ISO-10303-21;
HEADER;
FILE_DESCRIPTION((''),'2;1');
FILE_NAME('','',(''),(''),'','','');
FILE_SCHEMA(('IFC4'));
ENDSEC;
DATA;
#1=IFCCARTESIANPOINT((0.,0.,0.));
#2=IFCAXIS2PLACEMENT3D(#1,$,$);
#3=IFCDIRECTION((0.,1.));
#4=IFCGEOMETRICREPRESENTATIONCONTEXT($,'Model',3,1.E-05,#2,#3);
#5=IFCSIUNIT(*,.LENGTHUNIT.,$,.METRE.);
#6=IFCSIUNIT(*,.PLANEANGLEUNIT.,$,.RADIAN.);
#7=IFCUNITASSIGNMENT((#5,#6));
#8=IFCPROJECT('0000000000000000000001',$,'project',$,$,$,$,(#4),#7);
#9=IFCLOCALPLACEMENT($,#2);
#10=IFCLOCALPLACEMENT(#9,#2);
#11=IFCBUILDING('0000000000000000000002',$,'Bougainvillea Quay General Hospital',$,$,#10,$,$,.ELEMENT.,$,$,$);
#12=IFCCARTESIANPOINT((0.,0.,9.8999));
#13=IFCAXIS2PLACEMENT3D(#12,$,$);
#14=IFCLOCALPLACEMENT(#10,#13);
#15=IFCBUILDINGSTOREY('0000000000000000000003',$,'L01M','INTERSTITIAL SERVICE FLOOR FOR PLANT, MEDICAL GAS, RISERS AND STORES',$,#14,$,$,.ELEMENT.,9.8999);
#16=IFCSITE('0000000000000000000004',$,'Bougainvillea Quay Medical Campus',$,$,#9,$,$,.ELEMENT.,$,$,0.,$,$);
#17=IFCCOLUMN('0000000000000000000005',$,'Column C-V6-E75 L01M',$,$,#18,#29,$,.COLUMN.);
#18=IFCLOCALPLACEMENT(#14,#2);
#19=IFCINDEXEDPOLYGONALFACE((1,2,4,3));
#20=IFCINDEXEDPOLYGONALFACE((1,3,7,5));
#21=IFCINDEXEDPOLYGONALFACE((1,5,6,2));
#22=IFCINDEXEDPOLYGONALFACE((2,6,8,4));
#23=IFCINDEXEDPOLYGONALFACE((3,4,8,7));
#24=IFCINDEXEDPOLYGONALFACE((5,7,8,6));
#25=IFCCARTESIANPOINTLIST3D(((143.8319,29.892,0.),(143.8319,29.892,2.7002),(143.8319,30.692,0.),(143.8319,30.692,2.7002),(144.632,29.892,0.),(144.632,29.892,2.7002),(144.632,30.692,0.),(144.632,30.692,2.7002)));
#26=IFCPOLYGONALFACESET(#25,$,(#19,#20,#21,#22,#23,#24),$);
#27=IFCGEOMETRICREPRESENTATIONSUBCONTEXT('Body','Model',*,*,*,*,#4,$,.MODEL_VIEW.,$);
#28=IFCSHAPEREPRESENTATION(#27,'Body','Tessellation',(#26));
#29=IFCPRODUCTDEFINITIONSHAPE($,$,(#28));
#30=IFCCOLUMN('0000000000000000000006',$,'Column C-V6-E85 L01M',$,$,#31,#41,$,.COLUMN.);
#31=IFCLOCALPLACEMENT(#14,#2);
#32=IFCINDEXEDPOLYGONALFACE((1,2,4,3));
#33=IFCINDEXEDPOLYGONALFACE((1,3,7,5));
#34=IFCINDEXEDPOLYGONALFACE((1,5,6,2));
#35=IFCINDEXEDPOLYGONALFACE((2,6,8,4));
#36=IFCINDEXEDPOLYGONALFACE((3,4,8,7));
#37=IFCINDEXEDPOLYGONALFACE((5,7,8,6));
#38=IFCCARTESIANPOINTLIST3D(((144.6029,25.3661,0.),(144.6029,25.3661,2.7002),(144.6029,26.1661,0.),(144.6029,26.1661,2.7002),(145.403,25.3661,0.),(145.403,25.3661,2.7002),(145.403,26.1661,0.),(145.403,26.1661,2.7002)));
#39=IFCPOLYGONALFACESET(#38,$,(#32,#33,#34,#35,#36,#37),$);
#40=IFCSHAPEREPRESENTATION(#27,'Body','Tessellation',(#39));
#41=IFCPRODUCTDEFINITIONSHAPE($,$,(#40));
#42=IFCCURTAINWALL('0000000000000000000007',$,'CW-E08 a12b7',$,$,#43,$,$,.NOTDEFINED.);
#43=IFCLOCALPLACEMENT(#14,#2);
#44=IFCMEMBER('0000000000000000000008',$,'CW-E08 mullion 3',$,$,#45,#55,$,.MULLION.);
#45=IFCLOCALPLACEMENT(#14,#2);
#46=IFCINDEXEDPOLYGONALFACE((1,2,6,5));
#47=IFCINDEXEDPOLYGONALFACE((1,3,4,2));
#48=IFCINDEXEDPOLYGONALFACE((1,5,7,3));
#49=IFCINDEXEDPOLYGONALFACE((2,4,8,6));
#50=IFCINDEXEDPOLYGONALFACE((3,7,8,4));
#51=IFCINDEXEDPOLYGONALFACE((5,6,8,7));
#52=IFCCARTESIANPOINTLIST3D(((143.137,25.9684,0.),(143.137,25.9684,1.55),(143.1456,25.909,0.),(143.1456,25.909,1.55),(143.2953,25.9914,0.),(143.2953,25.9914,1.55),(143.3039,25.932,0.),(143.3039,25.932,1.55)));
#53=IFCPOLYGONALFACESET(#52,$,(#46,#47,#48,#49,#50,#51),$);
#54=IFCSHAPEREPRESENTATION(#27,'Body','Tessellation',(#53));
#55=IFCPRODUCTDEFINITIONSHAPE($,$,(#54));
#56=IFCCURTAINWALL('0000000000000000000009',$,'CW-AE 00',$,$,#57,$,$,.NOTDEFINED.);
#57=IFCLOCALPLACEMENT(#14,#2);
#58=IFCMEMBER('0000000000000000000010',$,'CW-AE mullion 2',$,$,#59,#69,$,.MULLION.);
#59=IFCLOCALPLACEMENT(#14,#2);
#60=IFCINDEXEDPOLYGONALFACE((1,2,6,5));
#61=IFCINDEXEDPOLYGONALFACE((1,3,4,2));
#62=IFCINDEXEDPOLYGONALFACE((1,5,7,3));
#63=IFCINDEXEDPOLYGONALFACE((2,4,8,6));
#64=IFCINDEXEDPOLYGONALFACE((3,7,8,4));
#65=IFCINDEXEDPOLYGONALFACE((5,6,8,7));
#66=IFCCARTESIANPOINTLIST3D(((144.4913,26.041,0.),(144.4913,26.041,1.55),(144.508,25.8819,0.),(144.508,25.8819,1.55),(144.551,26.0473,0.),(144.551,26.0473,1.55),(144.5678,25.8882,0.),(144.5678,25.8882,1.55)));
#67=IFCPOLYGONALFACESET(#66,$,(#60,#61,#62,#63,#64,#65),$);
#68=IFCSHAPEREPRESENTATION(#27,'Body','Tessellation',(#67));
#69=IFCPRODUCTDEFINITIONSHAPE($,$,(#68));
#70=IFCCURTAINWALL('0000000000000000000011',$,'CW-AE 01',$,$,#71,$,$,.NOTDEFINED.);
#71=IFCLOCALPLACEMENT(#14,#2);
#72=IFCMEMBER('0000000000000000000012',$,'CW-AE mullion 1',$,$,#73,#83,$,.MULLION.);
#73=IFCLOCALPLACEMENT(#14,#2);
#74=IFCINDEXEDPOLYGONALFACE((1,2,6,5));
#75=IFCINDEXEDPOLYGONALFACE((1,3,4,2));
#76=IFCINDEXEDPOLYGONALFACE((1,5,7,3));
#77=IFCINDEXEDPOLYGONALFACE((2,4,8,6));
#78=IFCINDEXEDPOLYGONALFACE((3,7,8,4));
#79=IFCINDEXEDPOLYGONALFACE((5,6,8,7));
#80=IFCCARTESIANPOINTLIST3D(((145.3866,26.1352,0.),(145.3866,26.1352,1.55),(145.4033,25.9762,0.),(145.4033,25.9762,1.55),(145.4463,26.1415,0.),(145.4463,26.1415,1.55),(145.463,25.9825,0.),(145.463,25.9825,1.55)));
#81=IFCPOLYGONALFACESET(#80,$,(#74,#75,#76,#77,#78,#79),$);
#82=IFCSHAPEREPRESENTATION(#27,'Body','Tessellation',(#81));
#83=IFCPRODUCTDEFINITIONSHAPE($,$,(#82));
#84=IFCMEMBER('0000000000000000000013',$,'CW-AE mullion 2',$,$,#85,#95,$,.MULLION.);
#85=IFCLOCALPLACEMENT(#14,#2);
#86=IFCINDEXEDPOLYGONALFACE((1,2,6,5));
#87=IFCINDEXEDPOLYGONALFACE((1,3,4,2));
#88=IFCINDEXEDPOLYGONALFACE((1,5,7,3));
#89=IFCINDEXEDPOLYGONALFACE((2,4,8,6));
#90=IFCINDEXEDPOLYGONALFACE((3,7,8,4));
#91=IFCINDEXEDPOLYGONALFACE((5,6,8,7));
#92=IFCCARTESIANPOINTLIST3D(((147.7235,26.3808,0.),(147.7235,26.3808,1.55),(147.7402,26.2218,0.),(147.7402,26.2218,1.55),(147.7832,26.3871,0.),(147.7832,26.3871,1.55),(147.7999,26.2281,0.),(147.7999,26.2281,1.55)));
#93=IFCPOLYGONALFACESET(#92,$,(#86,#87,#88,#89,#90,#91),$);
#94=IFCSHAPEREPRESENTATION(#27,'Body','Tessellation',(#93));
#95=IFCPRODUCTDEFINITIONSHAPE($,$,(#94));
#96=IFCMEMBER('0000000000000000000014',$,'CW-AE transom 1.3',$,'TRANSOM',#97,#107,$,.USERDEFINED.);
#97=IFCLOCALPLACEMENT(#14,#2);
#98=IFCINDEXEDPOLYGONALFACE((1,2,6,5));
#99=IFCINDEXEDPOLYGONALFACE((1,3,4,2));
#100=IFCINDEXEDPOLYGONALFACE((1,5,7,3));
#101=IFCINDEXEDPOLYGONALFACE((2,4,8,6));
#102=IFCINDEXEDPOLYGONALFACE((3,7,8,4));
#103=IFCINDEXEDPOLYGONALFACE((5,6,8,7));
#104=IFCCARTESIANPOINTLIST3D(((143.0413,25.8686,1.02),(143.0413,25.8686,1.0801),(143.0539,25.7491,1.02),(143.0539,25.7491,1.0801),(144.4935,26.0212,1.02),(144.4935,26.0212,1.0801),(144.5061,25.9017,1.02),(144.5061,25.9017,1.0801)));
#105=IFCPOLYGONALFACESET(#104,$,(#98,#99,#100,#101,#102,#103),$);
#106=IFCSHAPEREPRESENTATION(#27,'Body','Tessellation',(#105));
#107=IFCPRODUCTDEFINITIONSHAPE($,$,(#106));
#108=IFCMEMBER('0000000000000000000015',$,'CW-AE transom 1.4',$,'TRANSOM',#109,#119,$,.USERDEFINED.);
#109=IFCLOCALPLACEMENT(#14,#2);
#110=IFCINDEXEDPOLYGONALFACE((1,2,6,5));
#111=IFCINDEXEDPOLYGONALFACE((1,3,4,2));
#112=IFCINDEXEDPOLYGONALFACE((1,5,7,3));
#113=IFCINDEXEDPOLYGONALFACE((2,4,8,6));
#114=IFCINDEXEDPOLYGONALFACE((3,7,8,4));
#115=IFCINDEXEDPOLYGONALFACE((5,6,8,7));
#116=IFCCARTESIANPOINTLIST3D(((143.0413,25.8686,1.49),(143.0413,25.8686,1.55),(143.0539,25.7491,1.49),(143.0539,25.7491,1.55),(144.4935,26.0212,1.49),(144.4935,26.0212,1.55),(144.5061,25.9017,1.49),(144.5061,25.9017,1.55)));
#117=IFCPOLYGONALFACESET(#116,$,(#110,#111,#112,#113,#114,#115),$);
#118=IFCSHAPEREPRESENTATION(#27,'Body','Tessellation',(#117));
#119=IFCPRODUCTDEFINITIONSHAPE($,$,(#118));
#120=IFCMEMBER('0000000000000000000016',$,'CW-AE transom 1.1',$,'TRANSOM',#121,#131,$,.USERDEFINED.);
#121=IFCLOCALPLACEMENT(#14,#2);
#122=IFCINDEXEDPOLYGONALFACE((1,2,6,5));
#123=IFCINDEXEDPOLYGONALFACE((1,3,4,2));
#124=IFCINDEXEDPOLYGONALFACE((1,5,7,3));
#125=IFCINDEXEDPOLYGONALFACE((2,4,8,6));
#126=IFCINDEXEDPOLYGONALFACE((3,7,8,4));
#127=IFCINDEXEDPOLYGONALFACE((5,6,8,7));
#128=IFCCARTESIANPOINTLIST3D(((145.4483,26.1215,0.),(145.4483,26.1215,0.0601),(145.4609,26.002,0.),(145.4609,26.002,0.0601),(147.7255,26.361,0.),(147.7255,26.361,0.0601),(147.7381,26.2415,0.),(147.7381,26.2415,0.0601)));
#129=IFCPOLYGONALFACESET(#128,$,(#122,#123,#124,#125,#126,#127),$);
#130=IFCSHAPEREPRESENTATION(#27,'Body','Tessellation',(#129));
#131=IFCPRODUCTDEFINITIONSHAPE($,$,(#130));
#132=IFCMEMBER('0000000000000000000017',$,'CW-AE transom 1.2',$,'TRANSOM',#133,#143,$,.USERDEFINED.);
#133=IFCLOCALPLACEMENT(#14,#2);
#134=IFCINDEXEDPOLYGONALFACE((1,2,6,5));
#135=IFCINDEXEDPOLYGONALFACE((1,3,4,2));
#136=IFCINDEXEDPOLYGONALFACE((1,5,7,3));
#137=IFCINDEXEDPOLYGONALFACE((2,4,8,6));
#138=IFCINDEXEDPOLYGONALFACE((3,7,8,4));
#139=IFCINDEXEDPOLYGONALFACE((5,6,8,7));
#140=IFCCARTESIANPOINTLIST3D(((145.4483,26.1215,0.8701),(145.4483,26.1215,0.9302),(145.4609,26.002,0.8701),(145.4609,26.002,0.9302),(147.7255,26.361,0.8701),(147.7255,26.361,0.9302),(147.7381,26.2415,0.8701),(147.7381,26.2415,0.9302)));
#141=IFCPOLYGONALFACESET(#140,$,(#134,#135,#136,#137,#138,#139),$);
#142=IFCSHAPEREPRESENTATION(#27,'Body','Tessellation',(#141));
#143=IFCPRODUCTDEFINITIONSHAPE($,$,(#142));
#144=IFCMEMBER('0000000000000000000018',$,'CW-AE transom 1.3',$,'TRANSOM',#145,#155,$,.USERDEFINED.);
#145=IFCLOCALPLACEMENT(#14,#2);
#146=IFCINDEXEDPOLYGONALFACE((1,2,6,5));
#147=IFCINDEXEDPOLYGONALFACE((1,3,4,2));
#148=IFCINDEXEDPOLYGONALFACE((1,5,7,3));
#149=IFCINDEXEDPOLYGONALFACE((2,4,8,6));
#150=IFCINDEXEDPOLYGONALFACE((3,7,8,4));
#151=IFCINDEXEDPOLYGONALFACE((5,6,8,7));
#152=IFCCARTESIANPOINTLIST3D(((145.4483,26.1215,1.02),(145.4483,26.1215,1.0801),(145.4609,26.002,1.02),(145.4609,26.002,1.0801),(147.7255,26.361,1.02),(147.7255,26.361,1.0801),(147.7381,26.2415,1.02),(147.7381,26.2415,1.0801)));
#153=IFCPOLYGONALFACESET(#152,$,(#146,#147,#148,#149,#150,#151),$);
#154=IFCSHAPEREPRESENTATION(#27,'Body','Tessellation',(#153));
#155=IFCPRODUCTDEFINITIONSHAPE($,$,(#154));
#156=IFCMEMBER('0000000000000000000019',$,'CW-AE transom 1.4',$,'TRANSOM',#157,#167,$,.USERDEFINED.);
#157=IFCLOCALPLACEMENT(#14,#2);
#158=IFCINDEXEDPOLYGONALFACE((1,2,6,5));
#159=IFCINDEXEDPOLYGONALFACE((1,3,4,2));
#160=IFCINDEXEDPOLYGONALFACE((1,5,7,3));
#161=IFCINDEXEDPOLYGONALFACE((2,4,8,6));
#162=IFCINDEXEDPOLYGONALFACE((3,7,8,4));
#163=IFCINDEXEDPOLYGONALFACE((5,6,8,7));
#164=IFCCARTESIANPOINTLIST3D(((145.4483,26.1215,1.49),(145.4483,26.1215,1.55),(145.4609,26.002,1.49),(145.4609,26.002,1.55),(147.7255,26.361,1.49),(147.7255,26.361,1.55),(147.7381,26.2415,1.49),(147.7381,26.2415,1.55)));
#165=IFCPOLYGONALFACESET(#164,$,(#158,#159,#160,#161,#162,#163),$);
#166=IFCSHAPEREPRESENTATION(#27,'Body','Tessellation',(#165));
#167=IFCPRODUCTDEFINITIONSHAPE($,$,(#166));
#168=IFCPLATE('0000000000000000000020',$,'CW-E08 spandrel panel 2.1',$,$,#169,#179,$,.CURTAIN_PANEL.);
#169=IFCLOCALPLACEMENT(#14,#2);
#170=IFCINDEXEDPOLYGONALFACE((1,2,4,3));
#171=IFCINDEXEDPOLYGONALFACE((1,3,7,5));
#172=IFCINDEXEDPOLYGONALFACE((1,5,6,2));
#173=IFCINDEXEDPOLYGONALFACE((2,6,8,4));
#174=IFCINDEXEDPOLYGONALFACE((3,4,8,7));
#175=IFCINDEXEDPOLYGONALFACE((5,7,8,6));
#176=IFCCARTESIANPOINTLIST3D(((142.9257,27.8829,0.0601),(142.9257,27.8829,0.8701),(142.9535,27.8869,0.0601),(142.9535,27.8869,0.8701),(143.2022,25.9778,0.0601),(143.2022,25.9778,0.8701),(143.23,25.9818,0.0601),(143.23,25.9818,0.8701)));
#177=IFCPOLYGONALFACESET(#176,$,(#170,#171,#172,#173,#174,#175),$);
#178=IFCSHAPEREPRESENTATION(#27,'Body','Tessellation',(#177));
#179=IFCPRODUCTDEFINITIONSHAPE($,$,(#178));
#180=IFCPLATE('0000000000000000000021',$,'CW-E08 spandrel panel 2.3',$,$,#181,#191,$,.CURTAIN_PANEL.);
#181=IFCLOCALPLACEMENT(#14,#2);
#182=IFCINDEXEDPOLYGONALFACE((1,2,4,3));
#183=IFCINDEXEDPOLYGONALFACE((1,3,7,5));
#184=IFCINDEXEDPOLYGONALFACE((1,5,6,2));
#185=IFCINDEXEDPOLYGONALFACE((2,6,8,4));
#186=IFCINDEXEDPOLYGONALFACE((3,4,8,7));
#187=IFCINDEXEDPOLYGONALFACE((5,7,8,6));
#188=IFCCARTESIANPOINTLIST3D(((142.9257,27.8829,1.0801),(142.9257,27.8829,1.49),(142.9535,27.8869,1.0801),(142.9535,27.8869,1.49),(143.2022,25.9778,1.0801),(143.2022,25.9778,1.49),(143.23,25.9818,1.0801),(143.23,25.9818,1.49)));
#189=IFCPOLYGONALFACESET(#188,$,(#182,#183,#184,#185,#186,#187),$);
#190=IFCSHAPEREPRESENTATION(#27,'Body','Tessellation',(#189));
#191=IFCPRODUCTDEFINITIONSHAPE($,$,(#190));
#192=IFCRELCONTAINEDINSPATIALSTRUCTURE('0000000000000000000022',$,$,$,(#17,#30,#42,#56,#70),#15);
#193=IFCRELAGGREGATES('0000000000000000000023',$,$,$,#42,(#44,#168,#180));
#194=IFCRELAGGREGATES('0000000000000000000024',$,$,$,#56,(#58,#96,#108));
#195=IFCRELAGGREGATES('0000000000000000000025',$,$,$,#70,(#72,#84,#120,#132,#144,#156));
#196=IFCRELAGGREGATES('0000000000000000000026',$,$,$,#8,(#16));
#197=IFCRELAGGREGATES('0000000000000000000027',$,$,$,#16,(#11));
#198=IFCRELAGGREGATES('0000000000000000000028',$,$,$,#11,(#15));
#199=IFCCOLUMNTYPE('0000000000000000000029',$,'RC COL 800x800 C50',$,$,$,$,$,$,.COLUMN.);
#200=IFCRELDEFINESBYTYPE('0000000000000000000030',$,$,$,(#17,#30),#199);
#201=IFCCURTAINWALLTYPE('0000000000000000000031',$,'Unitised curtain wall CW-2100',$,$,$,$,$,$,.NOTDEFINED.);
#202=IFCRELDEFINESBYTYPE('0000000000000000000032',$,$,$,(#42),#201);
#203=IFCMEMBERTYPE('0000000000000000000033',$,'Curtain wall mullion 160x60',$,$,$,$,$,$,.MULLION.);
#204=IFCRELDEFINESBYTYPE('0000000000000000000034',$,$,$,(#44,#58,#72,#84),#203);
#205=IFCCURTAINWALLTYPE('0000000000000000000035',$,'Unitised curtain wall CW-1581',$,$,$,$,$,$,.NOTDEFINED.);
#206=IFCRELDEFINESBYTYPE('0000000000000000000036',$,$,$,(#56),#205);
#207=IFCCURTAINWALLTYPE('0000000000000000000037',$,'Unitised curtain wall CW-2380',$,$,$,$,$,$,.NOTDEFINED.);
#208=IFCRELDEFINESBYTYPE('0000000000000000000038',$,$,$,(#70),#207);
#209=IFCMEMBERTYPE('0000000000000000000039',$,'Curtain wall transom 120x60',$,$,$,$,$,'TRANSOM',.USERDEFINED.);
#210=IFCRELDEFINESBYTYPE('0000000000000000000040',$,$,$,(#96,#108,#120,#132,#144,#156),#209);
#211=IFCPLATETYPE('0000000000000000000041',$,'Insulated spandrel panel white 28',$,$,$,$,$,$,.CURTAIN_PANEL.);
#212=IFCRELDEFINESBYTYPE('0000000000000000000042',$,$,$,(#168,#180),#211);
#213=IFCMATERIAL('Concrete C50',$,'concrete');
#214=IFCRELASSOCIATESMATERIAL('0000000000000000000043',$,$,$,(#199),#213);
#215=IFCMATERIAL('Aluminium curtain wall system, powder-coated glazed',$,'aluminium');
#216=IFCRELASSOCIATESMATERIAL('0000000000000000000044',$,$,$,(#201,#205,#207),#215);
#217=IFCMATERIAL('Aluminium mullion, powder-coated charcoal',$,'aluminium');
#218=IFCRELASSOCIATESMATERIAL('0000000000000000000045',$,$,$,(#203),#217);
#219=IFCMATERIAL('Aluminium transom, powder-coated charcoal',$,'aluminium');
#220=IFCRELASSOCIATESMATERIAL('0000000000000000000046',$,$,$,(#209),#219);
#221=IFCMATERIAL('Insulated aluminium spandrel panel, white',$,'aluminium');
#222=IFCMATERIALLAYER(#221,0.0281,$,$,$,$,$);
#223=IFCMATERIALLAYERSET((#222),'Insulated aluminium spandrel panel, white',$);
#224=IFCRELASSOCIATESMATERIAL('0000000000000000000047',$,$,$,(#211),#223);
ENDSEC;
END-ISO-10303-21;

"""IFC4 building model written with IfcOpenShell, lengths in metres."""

from ifc_helpers import new_model, si_unit, direction, frame, origin, origin_2d, place, context, subcontext, project, spatial, rectangle, extrude, material, layer, layer_set, material_profile, profile_set, type_object, element, aggregate, save


model = new_model("IFC4")

# Units and contexts
model_context = context("Model", 3, precision=1e-05, world=origin(), true_north=direction((0.0, 1.0)))
body_context = subcontext(model_context, "Body", "Model", "MODEL_VIEW")
ifc_project = project(units=[si_unit("LENGTHUNIT", "METRE"), si_unit("PLANEANGLEUNIT", "RADIAN")], contexts=[model_context])

# Site, building, storey
site_placement = place(None, origin())
site = spatial("IfcSite", under=ifc_project, at=site_placement, Name="Bougainvillea Quay Medical Campus", CompositionType="ELEMENT", RefElevation=0.0)
building_placement = place(site_placement, origin())
building = spatial("IfcBuilding", under=site, at=building_placement, Name="Bougainvillea Quay General Hospital", CompositionType="ELEMENT")
storey_placement = place(building_placement, frame((0.0, 0.0, 9.8999)))
storey = spatial("IfcBuildingStorey", under=building, at=storey_placement, Name="L01M", Description="INTERSTITIAL SERVICE FLOOR FOR PLANT, MEDICAL GAS, RISERS AND STORES", CompositionType="ELEMENT", Elevation=9.8999)

# Columns
ifc_material_1 = material(Name="Concrete C50", Category="concrete")
ifc_material_profile_1 = material_profile(ifc_material_1, rectangle(XDim=0.8, YDim=0.8, at=origin_2d()))
ifc_profile_set_1 = profile_set([ifc_material_profile_1], Name="Concrete C50")
column_type = type_object("IfcColumnType", Name="RC COL 800x800 C50", PredefinedType="COLUMN", material=ifc_profile_set_1)
for number, where, z_axis, x_axis, name in (
    (1, (144.2319, 30.292, 0.0), (0.0, 0.0, 1.0), (1.0, 0.0, 0.0), "Column C-V6-E75 L01M"),
    (2, (145.0029, 25.7661, 0.0), (0.0, 0.0, 1.0), (1.0, 0.0, 0.0), "Column C-V6-E85 L01M"),
):
    element("IfcColumn", number, at=place(storey_placement, frame(where, z_axis=z_axis, x_axis=x_axis)), inside=storey, type_object=column_type, Name=name, PredefinedType="COLUMN", context=body_context, shape_type="SweptSolid", body=[
        extrude(rectangle(XDim=0.8, YDim=0.8, at=origin_2d()), origin(), (0.0, 0.0, 1.0), 2.7002),
    ])

# Curtain walls, members
ifc_material_2 = material(Name="Aluminium curtain wall system, powder-coated glazed", Category="aluminium")
curtain_wall_type_1 = type_object("IfcCurtainWallType", Name="Unitised curtain wall CW-2100", PredefinedType="NOTDEFINED", material=ifc_material_2)
curtain_wall_1_placement = place(storey_placement, origin())
curtain_wall_1 = element("IfcCurtainWall", 3, at=curtain_wall_1_placement, inside=storey, type_object=curtain_wall_type_1, Name="CW-E08 a12b7", PredefinedType="NOTDEFINED")
ifc_material_3 = material(Name="Aluminium mullion, powder-coated charcoal", Category="aluminium")
ifc_material_profile_2 = material_profile(ifc_material_3, rectangle(XDim=0.1599, YDim=0.0601, at=origin_2d()))
ifc_profile_set_2 = profile_set([ifc_material_profile_2], Name="Aluminium mullion, powder-coated charcoal")
member_type_1 = type_object("IfcMemberType", Name="Curtain wall mullion 160x60", PredefinedType="MULLION", material=ifc_profile_set_2)
member_1_placement = place(storey_placement, frame((143.2205, 25.9502, 0.0), z_axis=(0.0, 0.0, 1.0), x_axis=(0.98963, 0.143643, 0.0)))
member_1 = element("IfcMember", 4, at=member_1_placement, type_object=member_type_1, Name="CW-E08 mullion 3", PredefinedType="MULLION", context=body_context, shape_type="SweptSolid", body=[
    extrude(rectangle(XDim=0.1599, YDim=0.0601, at=origin_2d()), origin(), (0.0, 0.0, 1.0), 1.55),
])
curtain_wall_type_2 = type_object("IfcCurtainWallType", Name="Unitised curtain wall CW-1581", PredefinedType="NOTDEFINED", material=ifc_material_2)
curtain_wall_2_placement = place(storey_placement, origin())
curtain_wall_2 = element("IfcCurtainWall", 5, at=curtain_wall_2_placement, inside=storey, type_object=curtain_wall_type_2, Name="CW-AE 00", PredefinedType="NOTDEFINED")
member_2_placement = place(storey_placement, frame((144.5295, 25.9646, 0.0), z_axis=(0.0, 0.0, 1.0), x_axis=(-0.104527, 0.994522, 0.0)))
member_2 = element("IfcMember", 6, at=member_2_placement, type_object=member_type_1, Name="CW-AE mullion 2", PredefinedType="MULLION", context=body_context, shape_type="SweptSolid", body=[
    extrude(rectangle(XDim=0.1599, YDim=0.0601, at=origin_2d()), origin(), (0.0, 0.0, 1.0), 1.55),
])

# Curtain wall, members
curtain_wall_type_3 = type_object("IfcCurtainWallType", Name="Unitised curtain wall CW-2380", PredefinedType="NOTDEFINED", material=ifc_material_2)
curtain_wall_3_placement = place(storey_placement, origin())
curtain_wall_3 = element("IfcCurtainWall", 7, at=curtain_wall_3_placement, inside=storey, type_object=curtain_wall_type_3, Name="CW-AE 01", PredefinedType="NOTDEFINED")
member_3_placement = place(storey_placement, frame((145.4248, 26.0588, 0.0), z_axis=(0.0, 0.0, 1.0), x_axis=(-0.104527, 0.994522, 0.0)))
member_3 = element("IfcMember", 8, at=member_3_placement, type_object=member_type_1, Name="CW-AE mullion 1", PredefinedType="MULLION", context=body_context, shape_type="SweptSolid", body=[
    extrude(rectangle(XDim=0.1599, YDim=0.0601, at=origin_2d()), origin(), (0.0, 0.0, 1.0), 1.55),
])
member_4_placement = place(storey_placement, frame((147.7617, 26.3044, 0.0), z_axis=(0.0, 0.0, 1.0), x_axis=(-0.104527, 0.994522, 0.0)))
member_4 = element("IfcMember", 9, at=member_4_placement, type_object=member_type_1, Name="CW-AE mullion 2", PredefinedType="MULLION", context=body_context, shape_type="SweptSolid", body=[
    extrude(rectangle(XDim=0.1599, YDim=0.0601, at=origin_2d()), origin(), (0.0, 0.0, 1.0), 1.55),
])

# Members
ifc_material_4 = material(Name="Aluminium transom, powder-coated charcoal", Category="aluminium")
ifc_material_profile_3 = material_profile(ifc_material_4, rectangle(XDim=0.1201, YDim=0.0601, at=origin_2d()))
ifc_profile_set_3 = profile_set([ifc_material_profile_3], Name="Aluminium transom, powder-coated charcoal")
member_type_2 = type_object("IfcMemberType", Name="Curtain wall transom 120x60", ElementType="TRANSOM", PredefinedType="USERDEFINED", material=ifc_profile_set_3)
member_5_placement = place(storey_placement, frame((143.0476, 25.8088, 1.05), z_axis=(0.994525, 0.104502, 0.0), x_axis=(-0.104502, 0.994525, 0.0)))
member_5 = element("IfcMember", 10, at=member_5_placement, type_object=member_type_2, Name="CW-AE transom 1.3", ObjectType="TRANSOM", PredefinedType="USERDEFINED", context=body_context, shape_type="SweptSolid", body=[
    extrude(rectangle(XDim=0.1201, YDim=0.0601, at=origin_2d()), origin(), (0.0, 0.0, 1.0), 1.4602),
])
member_6_placement = place(storey_placement, frame((143.0476, 25.8088, 1.52), z_axis=(0.994525, 0.104502, 0.0), x_axis=(-0.104502, 0.994525, 0.0)))
member_6 = element("IfcMember", 11, at=member_6_placement, type_object=member_type_2, Name="CW-AE transom 1.4", ObjectType="TRANSOM", PredefinedType="USERDEFINED", context=body_context, shape_type="SweptSolid", body=[
    extrude(rectangle(XDim=0.1201, YDim=0.0601, at=origin_2d()), origin(), (0.0, 0.0, 1.0), 1.4602),
])
member_7_placement = place(storey_placement, frame((145.4546, 26.0618, 0.03), z_axis=(0.994515, 0.10459, 0.0), x_axis=(-0.10459, 0.994515, 0.0)))
member_7 = element("IfcMember", 12, at=member_7_placement, type_object=member_type_2, Name="CW-AE transom 1.1", ObjectType="TRANSOM", PredefinedType="USERDEFINED", context=body_context, shape_type="SweptSolid", body=[
    extrude(rectangle(XDim=0.1201, YDim=0.0601, at=origin_2d()), origin(), (0.0, 0.0, 1.0), 2.2898),
])
member_8_placement = place(storey_placement, frame((145.4546, 26.0618, 0.9001), z_axis=(0.994515, 0.10459, 0.0), x_axis=(-0.10459, 0.994515, 0.0)))
member_8 = element("IfcMember", 13, at=member_8_placement, type_object=member_type_2, Name="CW-AE transom 1.2", ObjectType="TRANSOM", PredefinedType="USERDEFINED", context=body_context, shape_type="SweptSolid", body=[
    extrude(rectangle(XDim=0.1201, YDim=0.0601, at=origin_2d()), origin(), (0.0, 0.0, 1.0), 2.2898),
])
member_9_placement = place(storey_placement, frame((145.4546, 26.0618, 1.05), z_axis=(0.994515, 0.10459, 0.0), x_axis=(-0.10459, 0.994515, 0.0)))
member_9 = element("IfcMember", 14, at=member_9_placement, type_object=member_type_2, Name="CW-AE transom 1.3", ObjectType="TRANSOM", PredefinedType="USERDEFINED", context=body_context, shape_type="SweptSolid", body=[
    extrude(rectangle(XDim=0.1201, YDim=0.0601, at=origin_2d()), origin(), (0.0, 0.0, 1.0), 2.2898),
])
member_10_placement = place(storey_placement, frame((145.4546, 26.0618, 1.52), z_axis=(0.994515, 0.10459, 0.0), x_axis=(-0.10459, 0.994515, 0.0)))
member_10 = element("IfcMember", 15, at=member_10_placement, type_object=member_type_2, Name="CW-AE transom 1.4", ObjectType="TRANSOM", PredefinedType="USERDEFINED", context=body_context, shape_type="SweptSolid", body=[
    extrude(rectangle(XDim=0.1201, YDim=0.0601, at=origin_2d()), origin(), (0.0, 0.0, 1.0), 2.2898),
])

# Plates
ifc_material_5 = material(Name="Insulated aluminium spandrel panel, white", Category="aluminium")
ifc_layer_1 = layer(ifc_material_5, 0.0281)
ifc_layer_set_1 = layer_set([ifc_layer_1], Name="Insulated aluminium spandrel panel, white")
plate_type_1 = type_object("IfcPlateType", Name="Insulated spandrel panel white 28", PredefinedType="CURTAIN_PANEL", material=ifc_layer_set_1)
plate_1_placement = place(storey_placement, frame((143.0779, 26.9324, 0.0601), z_axis=(0.0, 0.0, 1.0), x_axis=(0.143643, -0.98963, 0.0)))
plate_1 = element("IfcPlate", 16, at=plate_1_placement, type_object=plate_type_1, Name="CW-E08 spandrel panel 2.1", PredefinedType="CURTAIN_PANEL", context=body_context, shape_type="SweptSolid", body=[
    extrude(rectangle(XDim=1.925, YDim=0.0281, at=origin_2d()), origin(), (0.0, 0.0, 1.0), 0.8101),
])
plate_2_placement = place(storey_placement, frame((143.0779, 26.9324, 1.0801), z_axis=(0.0, 0.0, 1.0), x_axis=(0.143643, -0.98963, 0.0)))
plate_2 = element("IfcPlate", 17, at=plate_2_placement, type_object=plate_type_1, Name="CW-E08 spandrel panel 2.3", PredefinedType="CURTAIN_PANEL", context=body_context, shape_type="SweptSolid", body=[
    extrude(rectangle(XDim=1.925, YDim=0.0281, at=origin_2d()), origin(), (0.0, 0.0, 1.0), 0.4099),
])
aggregate(curtain_wall_1, [member_1, plate_1, plate_2])
aggregate(curtain_wall_2, [member_2, member_5, member_6])
aggregate(curtain_wall_3, [member_3, member_4, member_7, member_8, member_9, member_10])

save(model, "model.ifc")
